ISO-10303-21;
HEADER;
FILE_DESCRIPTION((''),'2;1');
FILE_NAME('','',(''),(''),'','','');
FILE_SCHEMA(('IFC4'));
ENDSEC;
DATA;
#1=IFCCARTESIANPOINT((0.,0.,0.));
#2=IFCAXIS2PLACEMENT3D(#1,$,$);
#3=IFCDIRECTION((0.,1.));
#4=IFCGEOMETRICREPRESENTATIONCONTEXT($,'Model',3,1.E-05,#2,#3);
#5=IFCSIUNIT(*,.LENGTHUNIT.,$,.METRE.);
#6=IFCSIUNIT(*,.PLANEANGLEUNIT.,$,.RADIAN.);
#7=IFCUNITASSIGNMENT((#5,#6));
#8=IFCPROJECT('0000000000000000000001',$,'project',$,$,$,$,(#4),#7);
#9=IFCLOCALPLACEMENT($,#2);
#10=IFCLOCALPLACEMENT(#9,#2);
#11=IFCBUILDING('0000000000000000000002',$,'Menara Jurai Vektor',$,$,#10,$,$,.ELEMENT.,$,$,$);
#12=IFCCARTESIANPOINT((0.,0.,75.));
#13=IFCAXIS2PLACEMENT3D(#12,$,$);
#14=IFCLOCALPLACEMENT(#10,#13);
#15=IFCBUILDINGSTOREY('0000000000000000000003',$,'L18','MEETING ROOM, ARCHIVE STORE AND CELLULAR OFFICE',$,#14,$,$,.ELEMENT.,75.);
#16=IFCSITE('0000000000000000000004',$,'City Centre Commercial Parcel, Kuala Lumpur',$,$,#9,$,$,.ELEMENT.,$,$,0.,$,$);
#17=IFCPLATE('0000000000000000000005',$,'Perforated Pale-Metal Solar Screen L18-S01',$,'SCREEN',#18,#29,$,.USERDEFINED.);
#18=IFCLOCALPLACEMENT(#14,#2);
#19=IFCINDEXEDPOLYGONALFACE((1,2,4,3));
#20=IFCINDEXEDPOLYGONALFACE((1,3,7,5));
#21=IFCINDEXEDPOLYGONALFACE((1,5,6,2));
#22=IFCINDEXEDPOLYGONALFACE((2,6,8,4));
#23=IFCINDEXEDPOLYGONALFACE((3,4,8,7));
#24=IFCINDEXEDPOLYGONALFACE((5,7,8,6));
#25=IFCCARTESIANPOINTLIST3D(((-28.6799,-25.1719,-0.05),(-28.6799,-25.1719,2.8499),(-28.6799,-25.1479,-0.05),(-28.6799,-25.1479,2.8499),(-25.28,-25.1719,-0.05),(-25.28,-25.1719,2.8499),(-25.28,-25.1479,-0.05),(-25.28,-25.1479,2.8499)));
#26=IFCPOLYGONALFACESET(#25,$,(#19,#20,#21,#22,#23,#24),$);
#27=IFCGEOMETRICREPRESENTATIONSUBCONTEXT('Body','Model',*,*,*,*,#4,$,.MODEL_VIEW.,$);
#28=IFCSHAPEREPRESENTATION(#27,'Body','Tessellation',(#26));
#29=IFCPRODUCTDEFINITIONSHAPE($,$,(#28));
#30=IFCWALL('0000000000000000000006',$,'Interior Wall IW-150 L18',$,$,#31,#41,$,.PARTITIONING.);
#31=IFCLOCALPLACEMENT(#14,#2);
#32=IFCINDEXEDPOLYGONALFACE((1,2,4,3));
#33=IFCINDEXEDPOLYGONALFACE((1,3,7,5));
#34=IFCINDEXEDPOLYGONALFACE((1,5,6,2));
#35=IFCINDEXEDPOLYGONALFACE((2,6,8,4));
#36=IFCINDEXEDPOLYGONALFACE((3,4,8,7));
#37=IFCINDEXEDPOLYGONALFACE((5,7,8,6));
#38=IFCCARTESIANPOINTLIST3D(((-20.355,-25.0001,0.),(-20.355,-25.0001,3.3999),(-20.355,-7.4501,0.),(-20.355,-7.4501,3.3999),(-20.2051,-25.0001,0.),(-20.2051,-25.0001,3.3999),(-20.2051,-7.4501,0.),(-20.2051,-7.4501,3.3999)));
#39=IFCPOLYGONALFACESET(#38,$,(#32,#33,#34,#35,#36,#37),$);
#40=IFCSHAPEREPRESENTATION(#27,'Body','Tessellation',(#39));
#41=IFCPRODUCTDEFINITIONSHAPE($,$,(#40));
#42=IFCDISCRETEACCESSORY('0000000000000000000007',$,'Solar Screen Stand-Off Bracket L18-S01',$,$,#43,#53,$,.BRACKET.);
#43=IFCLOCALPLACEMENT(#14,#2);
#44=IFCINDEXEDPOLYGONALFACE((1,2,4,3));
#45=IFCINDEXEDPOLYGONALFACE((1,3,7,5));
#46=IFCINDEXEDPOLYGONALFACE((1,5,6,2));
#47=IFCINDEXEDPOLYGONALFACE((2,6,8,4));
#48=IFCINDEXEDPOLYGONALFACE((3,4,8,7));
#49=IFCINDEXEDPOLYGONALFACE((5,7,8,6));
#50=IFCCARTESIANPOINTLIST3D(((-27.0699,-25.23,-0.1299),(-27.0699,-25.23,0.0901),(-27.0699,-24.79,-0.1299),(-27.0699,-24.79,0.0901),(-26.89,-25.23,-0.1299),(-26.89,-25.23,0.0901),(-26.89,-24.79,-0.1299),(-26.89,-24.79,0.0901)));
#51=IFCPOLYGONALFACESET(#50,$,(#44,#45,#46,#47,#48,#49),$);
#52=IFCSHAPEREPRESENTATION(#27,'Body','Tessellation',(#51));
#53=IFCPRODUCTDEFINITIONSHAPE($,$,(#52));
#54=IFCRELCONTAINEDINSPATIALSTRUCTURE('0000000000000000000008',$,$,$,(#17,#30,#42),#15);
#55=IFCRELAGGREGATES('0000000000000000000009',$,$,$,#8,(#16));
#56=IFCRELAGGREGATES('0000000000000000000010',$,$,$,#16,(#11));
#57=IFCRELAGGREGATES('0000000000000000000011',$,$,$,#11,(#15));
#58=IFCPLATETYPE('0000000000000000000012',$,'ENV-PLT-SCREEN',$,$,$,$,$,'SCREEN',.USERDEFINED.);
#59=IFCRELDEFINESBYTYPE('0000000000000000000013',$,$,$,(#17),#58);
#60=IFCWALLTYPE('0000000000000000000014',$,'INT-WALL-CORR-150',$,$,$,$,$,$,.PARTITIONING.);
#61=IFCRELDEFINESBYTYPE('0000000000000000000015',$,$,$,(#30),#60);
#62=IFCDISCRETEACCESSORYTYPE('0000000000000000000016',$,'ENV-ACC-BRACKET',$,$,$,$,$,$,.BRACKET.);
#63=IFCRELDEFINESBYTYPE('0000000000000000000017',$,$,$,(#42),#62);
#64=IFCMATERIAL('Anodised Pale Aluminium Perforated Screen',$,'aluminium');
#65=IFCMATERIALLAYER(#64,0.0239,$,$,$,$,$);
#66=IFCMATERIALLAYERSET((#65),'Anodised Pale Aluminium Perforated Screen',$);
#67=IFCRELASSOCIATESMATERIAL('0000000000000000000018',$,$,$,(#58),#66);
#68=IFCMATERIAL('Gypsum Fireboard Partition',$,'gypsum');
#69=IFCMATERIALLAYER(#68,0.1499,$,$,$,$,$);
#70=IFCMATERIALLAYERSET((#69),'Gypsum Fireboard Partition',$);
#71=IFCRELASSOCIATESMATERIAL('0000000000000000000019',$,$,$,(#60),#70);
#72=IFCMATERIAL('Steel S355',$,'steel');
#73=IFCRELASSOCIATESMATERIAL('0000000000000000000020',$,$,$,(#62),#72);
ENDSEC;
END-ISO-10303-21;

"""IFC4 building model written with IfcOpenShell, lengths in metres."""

from ifc_helpers import new_model, si_unit, direction, frame, frame_2d, origin, origin_2d, place, context, subcontext, project, spatial, rectangle, extrude, material, layer, layer_set, type_object, element, save


model = new_model("IFC4")

# Units and contexts
model_context = context("Model", 3, precision=1e-05, world=origin(), true_north=direction((0.0, 1.0)))
body_context = subcontext(model_context, "Body", "Model", "MODEL_VIEW")
ifc_project = project(units=[si_unit("LENGTHUNIT", "METRE"), si_unit("PLANEANGLEUNIT", "RADIAN")], contexts=[model_context])

# Site, building, storey
site_placement = place(None, origin())
site = spatial("IfcSite", under=ifc_project, at=site_placement, Name="City Centre Commercial Parcel, Kuala Lumpur", CompositionType="ELEMENT", RefElevation=0.0)
building_placement = place(site_placement, origin())
building = spatial("IfcBuilding", under=site, at=building_placement, Name="Menara Jurai Vektor", CompositionType="ELEMENT")
storey_placement = place(building_placement, frame((0.0, 0.0, 75.0)))
storey = spatial("IfcBuildingStorey", under=building, at=storey_placement, Name="L18", Description="MEETING ROOM, ARCHIVE STORE AND CELLULAR OFFICE", CompositionType="ELEMENT", Elevation=75.0)

# Shared definitions
ifc_material_1 = material(Name="Steel S355", Category="steel")

# Plate
ifc_material_2 = material(Name="Anodised Pale Aluminium Perforated Screen", Category="aluminium")
ifc_layer_1 = layer(ifc_material_2, 0.0239)
ifc_layer_set_1 = layer_set([ifc_layer_1], Name="Anodised Pale Aluminium Perforated Screen")
plate_type_1 = type_object("IfcPlateType", Name="ENV-PLT-SCREEN", ElementType="SCREEN", PredefinedType="USERDEFINED", material=ifc_layer_set_1)
plate_1_placement = place(storey_placement, frame((-26.98, -25.1599, -0.05), z_axis=(0.0, 0.0, 1.0), x_axis=(1.0, 0.0, 0.0)))
element("IfcPlate", 1, at=plate_1_placement, inside=storey, type_object=plate_type_1, Name="Perforated Pale-Metal Solar Screen L18-S01", ObjectType="SCREEN", PredefinedType="USERDEFINED", context=body_context, shape_type="SweptSolid", body=[
    extrude(rectangle(XDim=3.3999, YDim=0.0239, at=origin_2d()), origin(), (0.0, 0.0, 1.0), 2.8999),
])

# Wall
ifc_material_3 = material(Name="Gypsum Fireboard Partition", Category="gypsum")
ifc_layer_2 = layer(ifc_material_3, 0.1499)
ifc_layer_set_2 = layer_set([ifc_layer_2], Name="Gypsum Fireboard Partition")
wall_type = type_object("IfcWallType", Name="INT-WALL-CORR-150", PredefinedType="PARTITIONING", material=ifc_layer_set_2)
wall_placement = place(storey_placement, frame((-20.28, -25.0, 0.0), z_axis=(0.0, 0.0, 1.0), x_axis=(0.0, 1.0, 0.0)))
element("IfcWall", 2, at=wall_placement, inside=storey, type_object=wall_type, Name="Interior Wall IW-150 L18", PredefinedType="PARTITIONING", context=body_context, shape_type="SweptSolid", body=[
    extrude(rectangle(XDim=17.55, YDim=0.1499, at=frame_2d((8.7749, 0.0))), origin(), (0.0, 0.0, 1.0), 3.3999),
])

# Discrete accessory
discrete_accessory_type = type_object("IfcDiscreteAccessoryType", Name="ENV-ACC-BRACKET", PredefinedType="BRACKET", material=ifc_material_1)
discrete_accessory_placement = place(storey_placement, frame((-26.98, -25.01, -0.1299), z_axis=(0.0, 0.0, 1.0), x_axis=(1.0, 0.0, 0.0)))
element("IfcDiscreteAccessory", 3, at=discrete_accessory_placement, inside=storey, type_object=discrete_accessory_type, Name="Solar Screen Stand-Off Bracket L18-S01", PredefinedType="BRACKET", context=body_context, shape_type="SweptSolid", body=[
    extrude(rectangle(XDim=0.1799, YDim=0.4399, at=origin_2d()), origin(), (0.0, 0.0, 1.0), 0.22),
])

save(model, "model.ifc")
